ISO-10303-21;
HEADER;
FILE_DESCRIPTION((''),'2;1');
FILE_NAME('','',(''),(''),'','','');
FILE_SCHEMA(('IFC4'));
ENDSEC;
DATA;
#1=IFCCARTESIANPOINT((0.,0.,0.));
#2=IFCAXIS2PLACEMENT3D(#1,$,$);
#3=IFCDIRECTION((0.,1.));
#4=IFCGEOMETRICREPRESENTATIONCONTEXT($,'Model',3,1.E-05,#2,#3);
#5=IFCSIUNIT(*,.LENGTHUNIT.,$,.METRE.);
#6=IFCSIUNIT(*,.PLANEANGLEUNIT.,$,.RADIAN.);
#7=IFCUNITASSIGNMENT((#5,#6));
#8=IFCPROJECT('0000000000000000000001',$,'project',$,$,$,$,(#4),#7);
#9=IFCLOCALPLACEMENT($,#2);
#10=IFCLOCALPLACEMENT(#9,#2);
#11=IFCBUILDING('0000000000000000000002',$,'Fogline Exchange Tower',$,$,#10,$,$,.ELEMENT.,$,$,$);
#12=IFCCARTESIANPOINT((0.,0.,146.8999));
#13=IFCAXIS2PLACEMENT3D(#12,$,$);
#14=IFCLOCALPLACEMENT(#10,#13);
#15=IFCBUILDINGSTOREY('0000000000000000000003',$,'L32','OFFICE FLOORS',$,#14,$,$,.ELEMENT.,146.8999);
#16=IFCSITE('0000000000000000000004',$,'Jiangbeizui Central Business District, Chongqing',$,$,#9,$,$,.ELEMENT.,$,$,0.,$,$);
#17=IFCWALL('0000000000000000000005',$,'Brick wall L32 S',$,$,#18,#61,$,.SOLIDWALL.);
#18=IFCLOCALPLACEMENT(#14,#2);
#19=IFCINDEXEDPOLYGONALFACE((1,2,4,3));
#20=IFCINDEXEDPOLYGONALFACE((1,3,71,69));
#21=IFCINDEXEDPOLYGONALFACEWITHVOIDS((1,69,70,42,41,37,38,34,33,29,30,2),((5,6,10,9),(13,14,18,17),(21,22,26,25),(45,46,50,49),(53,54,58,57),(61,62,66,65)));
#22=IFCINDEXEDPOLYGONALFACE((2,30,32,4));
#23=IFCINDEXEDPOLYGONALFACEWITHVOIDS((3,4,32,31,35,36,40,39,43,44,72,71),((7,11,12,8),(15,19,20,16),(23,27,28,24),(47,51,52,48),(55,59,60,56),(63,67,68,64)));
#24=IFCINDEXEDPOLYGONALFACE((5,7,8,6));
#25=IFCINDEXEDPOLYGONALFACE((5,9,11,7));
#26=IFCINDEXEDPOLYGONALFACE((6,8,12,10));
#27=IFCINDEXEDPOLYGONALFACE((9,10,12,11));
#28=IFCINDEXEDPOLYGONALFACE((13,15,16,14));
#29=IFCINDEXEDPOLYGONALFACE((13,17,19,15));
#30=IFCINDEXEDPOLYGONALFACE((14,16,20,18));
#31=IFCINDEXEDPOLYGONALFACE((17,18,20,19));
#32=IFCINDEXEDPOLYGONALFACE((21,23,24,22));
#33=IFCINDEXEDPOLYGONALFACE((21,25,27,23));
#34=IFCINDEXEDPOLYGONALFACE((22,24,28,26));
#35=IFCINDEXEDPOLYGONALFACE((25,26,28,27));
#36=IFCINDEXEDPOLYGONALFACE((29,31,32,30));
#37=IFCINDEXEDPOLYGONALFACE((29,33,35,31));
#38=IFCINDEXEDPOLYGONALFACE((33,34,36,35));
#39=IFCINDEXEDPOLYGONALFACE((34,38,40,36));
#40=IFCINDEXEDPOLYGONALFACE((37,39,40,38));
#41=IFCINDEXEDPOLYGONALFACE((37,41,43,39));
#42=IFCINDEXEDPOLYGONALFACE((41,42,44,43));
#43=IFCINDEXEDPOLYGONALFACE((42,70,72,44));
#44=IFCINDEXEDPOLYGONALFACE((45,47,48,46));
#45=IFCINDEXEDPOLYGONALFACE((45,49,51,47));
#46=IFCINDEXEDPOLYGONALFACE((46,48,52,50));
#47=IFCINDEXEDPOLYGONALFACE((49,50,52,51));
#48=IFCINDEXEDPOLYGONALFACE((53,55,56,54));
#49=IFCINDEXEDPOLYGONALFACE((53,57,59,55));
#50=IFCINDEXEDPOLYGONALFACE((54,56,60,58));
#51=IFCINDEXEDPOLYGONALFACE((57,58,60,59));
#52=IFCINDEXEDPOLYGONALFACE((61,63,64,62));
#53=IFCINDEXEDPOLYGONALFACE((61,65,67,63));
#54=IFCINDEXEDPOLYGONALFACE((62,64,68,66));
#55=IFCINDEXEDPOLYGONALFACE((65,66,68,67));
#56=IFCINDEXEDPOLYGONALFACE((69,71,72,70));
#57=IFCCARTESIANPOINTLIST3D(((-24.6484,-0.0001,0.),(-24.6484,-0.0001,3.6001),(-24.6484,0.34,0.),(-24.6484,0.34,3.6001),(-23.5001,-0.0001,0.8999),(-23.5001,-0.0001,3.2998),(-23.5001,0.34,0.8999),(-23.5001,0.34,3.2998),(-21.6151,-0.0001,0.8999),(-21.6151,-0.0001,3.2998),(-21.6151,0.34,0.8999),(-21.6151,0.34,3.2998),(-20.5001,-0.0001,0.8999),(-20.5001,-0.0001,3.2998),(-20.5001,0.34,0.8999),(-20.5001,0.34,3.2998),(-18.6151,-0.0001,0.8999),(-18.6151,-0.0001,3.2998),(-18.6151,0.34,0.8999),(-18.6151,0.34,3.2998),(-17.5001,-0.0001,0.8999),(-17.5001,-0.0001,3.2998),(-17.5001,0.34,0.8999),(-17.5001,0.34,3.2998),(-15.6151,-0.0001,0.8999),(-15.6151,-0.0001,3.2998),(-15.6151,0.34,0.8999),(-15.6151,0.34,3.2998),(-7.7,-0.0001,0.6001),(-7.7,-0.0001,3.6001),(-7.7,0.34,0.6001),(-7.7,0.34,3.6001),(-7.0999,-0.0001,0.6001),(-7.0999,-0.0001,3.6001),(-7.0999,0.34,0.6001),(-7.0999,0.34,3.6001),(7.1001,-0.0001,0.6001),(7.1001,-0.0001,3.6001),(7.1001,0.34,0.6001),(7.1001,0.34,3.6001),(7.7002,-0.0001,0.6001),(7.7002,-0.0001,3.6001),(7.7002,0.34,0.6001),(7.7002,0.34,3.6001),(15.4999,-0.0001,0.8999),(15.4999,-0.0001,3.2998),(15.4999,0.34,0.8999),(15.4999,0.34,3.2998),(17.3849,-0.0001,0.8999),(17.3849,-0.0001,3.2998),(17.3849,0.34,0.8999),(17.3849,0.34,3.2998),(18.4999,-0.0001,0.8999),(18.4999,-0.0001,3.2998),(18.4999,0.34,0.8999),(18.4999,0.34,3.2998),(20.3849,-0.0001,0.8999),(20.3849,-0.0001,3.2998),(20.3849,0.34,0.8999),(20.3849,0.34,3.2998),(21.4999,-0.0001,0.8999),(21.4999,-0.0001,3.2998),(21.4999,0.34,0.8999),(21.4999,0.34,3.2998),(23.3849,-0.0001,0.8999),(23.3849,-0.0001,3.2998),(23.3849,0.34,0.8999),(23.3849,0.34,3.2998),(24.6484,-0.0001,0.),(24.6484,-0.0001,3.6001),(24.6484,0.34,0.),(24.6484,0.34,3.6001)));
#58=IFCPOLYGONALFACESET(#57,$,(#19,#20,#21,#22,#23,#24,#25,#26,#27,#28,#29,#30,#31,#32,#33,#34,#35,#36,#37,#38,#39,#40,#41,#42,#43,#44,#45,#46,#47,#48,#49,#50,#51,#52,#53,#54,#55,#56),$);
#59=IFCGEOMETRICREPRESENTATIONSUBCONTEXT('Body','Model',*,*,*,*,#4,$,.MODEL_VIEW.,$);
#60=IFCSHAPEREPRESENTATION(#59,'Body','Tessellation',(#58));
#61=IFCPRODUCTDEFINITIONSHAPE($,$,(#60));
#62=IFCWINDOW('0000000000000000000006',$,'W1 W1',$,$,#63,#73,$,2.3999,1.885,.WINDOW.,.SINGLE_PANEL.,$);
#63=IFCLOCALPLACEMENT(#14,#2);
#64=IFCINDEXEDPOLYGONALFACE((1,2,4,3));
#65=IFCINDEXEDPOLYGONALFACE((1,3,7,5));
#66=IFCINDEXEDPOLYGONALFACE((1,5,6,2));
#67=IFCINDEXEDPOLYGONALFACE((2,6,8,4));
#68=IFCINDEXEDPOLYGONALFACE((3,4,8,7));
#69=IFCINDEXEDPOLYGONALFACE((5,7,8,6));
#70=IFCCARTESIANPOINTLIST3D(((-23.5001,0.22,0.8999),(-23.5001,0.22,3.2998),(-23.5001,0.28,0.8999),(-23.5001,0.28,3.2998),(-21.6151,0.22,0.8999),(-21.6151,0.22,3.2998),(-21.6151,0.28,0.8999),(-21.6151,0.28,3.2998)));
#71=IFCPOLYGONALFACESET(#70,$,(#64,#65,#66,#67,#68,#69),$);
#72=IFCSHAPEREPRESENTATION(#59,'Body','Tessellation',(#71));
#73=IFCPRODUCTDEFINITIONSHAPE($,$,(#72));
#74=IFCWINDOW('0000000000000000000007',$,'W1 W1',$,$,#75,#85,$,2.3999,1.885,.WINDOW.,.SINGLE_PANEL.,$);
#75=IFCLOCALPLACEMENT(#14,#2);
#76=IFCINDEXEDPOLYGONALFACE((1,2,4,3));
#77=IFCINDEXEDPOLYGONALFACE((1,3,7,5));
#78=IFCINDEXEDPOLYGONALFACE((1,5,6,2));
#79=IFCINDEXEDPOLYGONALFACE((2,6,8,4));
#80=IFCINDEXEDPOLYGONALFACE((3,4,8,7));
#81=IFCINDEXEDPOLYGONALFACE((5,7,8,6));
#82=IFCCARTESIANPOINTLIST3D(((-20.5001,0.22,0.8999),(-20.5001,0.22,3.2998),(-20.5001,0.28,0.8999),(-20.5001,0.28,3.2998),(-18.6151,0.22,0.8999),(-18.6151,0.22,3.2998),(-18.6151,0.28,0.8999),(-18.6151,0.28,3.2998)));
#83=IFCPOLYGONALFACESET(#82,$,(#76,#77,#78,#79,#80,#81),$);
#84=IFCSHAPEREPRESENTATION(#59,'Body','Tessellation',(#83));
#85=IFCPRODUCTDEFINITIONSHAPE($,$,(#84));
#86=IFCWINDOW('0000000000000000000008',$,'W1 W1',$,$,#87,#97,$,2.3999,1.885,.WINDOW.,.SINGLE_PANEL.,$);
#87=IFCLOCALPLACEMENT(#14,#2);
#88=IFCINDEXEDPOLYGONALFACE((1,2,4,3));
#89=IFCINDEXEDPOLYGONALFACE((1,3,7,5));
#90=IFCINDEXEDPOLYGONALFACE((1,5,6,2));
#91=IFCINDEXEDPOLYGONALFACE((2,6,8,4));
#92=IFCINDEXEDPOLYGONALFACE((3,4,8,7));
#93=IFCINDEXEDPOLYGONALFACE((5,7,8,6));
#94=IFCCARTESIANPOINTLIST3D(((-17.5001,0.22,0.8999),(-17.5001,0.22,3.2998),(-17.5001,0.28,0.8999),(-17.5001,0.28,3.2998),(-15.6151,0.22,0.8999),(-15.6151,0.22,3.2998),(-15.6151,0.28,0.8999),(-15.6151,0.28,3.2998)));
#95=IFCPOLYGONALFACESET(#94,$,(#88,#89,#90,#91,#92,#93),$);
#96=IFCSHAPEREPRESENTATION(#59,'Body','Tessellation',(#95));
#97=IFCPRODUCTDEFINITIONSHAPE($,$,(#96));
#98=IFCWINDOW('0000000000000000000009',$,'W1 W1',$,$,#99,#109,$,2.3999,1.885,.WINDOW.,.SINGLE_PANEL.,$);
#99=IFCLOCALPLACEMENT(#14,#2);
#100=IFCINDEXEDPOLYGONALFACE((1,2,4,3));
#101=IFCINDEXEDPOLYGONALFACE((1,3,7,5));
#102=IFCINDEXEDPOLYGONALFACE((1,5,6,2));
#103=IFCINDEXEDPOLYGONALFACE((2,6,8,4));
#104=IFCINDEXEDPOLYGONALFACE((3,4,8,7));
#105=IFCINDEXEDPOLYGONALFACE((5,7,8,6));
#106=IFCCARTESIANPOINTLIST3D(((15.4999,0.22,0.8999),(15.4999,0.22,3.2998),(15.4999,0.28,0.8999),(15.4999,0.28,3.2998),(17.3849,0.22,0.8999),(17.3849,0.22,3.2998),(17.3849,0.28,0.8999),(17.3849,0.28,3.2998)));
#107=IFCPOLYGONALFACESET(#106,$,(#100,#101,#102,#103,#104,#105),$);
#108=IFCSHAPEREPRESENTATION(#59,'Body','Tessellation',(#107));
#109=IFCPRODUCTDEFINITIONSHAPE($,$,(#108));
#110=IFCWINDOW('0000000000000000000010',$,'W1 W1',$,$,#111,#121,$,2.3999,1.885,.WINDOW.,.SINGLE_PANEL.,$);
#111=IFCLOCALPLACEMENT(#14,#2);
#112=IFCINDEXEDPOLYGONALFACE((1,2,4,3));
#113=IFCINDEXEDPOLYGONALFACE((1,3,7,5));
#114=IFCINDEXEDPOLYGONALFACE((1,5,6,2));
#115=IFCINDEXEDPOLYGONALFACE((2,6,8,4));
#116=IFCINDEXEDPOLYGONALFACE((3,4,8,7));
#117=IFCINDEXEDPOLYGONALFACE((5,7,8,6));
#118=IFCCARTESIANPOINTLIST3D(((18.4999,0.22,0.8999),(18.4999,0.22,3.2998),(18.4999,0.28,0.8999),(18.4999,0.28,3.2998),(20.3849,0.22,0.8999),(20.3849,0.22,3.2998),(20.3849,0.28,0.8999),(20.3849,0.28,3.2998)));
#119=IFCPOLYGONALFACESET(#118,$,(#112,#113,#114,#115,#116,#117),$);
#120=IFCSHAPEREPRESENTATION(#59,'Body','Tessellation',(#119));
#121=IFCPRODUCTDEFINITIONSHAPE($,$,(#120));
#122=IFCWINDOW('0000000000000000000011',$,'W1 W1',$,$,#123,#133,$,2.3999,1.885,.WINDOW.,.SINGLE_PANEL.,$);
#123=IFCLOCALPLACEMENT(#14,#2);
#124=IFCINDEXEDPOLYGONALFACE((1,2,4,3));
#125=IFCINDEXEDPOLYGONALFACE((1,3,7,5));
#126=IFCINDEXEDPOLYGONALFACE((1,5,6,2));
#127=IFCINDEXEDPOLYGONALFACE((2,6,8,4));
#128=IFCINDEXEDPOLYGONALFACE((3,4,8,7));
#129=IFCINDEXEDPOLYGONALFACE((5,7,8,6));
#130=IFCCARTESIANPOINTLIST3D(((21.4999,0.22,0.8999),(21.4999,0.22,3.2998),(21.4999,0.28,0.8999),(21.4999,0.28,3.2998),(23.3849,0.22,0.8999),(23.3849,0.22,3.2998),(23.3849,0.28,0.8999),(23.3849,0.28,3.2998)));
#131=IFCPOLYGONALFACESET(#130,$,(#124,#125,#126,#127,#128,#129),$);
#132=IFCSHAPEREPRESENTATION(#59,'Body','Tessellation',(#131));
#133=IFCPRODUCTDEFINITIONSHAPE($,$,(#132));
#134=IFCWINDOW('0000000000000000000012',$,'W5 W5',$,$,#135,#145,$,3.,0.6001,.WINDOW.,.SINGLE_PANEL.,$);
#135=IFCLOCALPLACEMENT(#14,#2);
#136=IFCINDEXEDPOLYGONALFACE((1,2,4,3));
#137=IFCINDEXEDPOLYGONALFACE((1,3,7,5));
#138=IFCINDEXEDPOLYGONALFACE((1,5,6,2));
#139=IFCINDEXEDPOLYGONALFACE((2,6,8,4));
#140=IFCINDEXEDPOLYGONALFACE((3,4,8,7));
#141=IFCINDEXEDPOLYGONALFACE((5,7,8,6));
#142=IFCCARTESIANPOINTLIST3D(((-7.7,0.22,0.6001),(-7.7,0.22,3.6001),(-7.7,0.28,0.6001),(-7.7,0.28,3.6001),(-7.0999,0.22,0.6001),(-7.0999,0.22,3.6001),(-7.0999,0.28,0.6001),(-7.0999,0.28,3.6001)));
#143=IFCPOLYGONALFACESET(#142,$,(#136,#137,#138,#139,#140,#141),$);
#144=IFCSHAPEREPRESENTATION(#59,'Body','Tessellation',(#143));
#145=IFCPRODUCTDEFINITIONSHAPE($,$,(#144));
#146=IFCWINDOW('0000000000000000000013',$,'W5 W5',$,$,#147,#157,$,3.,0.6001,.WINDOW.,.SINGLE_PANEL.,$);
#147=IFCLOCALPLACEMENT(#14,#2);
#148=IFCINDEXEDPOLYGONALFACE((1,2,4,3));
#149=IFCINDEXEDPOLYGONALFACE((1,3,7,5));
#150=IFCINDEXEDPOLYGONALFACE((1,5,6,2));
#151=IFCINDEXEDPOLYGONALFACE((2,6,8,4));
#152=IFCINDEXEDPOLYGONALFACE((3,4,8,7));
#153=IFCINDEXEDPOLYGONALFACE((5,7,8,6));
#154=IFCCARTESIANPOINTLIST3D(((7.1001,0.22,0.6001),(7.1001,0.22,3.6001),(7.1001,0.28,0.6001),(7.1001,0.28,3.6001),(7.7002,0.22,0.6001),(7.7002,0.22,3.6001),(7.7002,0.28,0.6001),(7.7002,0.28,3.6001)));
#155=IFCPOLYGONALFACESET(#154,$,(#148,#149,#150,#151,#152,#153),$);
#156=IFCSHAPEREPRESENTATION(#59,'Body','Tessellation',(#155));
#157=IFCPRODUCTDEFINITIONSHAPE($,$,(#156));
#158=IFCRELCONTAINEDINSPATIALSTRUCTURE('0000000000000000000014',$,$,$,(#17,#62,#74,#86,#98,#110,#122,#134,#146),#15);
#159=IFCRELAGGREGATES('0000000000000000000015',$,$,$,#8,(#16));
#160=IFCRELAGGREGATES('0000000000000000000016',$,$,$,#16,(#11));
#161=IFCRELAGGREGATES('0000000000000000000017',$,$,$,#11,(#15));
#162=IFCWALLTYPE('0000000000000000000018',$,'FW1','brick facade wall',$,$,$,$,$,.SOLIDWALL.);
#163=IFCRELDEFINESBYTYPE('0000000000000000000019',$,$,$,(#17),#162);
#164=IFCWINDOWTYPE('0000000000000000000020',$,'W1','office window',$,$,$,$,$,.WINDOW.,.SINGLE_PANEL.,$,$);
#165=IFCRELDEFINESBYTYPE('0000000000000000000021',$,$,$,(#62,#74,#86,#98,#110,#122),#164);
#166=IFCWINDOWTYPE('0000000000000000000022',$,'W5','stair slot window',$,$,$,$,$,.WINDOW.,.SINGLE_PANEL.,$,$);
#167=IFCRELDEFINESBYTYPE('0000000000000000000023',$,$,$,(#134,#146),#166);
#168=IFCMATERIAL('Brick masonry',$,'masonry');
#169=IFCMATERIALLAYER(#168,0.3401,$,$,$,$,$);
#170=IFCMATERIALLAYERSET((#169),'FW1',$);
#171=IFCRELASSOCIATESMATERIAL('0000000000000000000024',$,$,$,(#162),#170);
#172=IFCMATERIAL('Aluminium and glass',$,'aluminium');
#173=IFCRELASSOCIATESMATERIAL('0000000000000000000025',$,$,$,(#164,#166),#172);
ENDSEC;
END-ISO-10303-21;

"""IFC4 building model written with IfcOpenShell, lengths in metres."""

from ifc_helpers import new_model, si_unit, direction, frame, frame_2d, origin, place, context, subcontext, project, spatial, rectangle, extrude, material, layer, layer_set, type_object, element, fill, save


model = new_model("IFC4")

# Units and contexts
model_context = context("Model", 3, precision=1e-05, world=origin(), true_north=direction((0.0, 1.0)))
body_context = subcontext(model_context, "Body", "Model", "MODEL_VIEW")
ifc_project = project(units=[si_unit("LENGTHUNIT", "METRE"), si_unit("PLANEANGLEUNIT", "RADIAN")], contexts=[model_context])

# Site, building, storey
site_placement = place(None, origin())
site = spatial("IfcSite", under=ifc_project, at=site_placement, Name="Jiangbeizui Central Business District, Chongqing", CompositionType="ELEMENT", RefElevation=0.0)
building_placement = place(site_placement, origin())
building = spatial("IfcBuilding", under=site, at=building_placement, Name="Fogline Exchange Tower", CompositionType="ELEMENT")
storey_placement = place(building_placement, frame((0.0, 0.0, 146.8999)))
storey = spatial("IfcBuildingStorey", under=building, at=storey_placement, Name="L32", Description="OFFICE FLOORS", CompositionType="ELEMENT", Elevation=146.8999)

# Shared definitions
ifc_material_1 = material(Name="Brick masonry", Category="masonry")
ifc_layer = layer(ifc_material_1, 0.3401)
ifc_layer_set = layer_set([ifc_layer], Name="FW1")
wall_type = type_object("IfcWallType", Name="FW1", Description="brick facade wall", PredefinedType="SOLIDWALL", material=ifc_layer_set)
ifc_material_2 = material(Name="Aluminium and glass", Category="aluminium")

# Wall, openings, windows
wall_1_placement = place(storey_placement, frame((-24.6484, 0.1699, 0.0), z_axis=(0.0, 0.0, 1.0), x_axis=(1.0, 0.0, 0.0)))
wall_1 = element("IfcWall", 1, at=wall_1_placement, inside=storey, type_object=wall_type, Name="Brick wall L32 S", PredefinedType="SOLIDWALL", context=body_context, shape_type="SweptSolid", body=[
    extrude(rectangle(XDim=49.2969, YDim=0.3401, at=frame_2d((24.6484, 0.0))), origin(), (0.0, 0.0, 1.0), 3.6001),
])
opening_1_placement = place(wall_1_placement, frame((1.1484, 0.0, 0.8999)))
opening_1 = element("IfcOpeningElement", 2, at=opening_1_placement, cuts=wall_1, PredefinedType="OPENING", context=body_context, shape_type="SweptSolid", body=[
    extrude(rectangle(XDim=1.885, YDim=2.3999, at=frame_2d((0.9424, 1.2))), frame((0.0, 0.1802, 0.0), z_axis=(0.0, -1.0, 0.0), x_axis=(1.0, 0.0, 0.0)), (0.0, 0.0, 1.0), 0.3601),
])
opening_2_placement = place(wall_1_placement, frame((4.1484, 0.0, 0.8999)))
opening_2 = element("IfcOpeningElement", 3, at=opening_2_placement, cuts=wall_1, PredefinedType="OPENING", context=body_context, shape_type="SweptSolid", body=[
    extrude(rectangle(XDim=1.885, YDim=2.3999, at=frame_2d((0.9424, 1.2))), frame((0.0, 0.1802, 0.0), z_axis=(0.0, -1.0, 0.0), x_axis=(1.0, 0.0, 0.0)), (0.0, 0.0, 1.0), 0.3601),
])
opening_3_placement = place(wall_1_placement, frame((7.1484, 0.0, 0.8999)))
opening_3 = element("IfcOpeningElement", 4, at=opening_3_placement, cuts=wall_1, PredefinedType="OPENING", context=body_context, shape_type="SweptSolid", body=[
    extrude(rectangle(XDim=1.885, YDim=2.3999, at=frame_2d((0.9424, 1.2))), frame((0.0, 0.1802, 0.0), z_axis=(0.0, -1.0, 0.0), x_axis=(1.0, 0.0, 0.0)), (0.0, 0.0, 1.0), 0.3601),
])
opening_4_placement = place(wall_1_placement, frame((40.1484, 0.0, 0.8999)))
opening_4 = element("IfcOpeningElement", 5, at=opening_4_placement, cuts=wall_1, PredefinedType="OPENING", context=body_context, shape_type="SweptSolid", body=[
    extrude(rectangle(XDim=1.885, YDim=2.3999, at=frame_2d((0.9424, 1.2))), frame((0.0, 0.1802, 0.0), z_axis=(0.0, -1.0, 0.0), x_axis=(1.0, 0.0, 0.0)), (0.0, 0.0, 1.0), 0.3601),
])
opening_5_placement = place(wall_1_placement, frame((43.1484, 0.0, 0.8999)))
opening_5 = element("IfcOpeningElement", 6, at=opening_5_placement, cuts=wall_1, PredefinedType="OPENING", context=body_context, shape_type="SweptSolid", body=[
    extrude(rectangle(XDim=1.885, YDim=2.3999, at=frame_2d((0.9424, 1.2))), frame((0.0, 0.1802, 0.0), z_axis=(0.0, -1.0, 0.0), x_axis=(1.0, 0.0, 0.0)), (0.0, 0.0, 1.0), 0.3601),
])
opening_6_placement = place(wall_1_placement, frame((46.1484, 0.0, 0.8999)))
opening_6 = element("IfcOpeningElement", 7, at=opening_6_placement, cuts=wall_1, PredefinedType="OPENING", context=body_context, shape_type="SweptSolid", body=[
    extrude(rectangle(XDim=1.885, YDim=2.3999, at=frame_2d((0.9424, 1.2))), frame((0.0, 0.1802, 0.0), z_axis=(0.0, -1.0, 0.0), x_axis=(1.0, 0.0, 0.0)), (0.0, 0.0, 1.0), 0.3601),
])
opening_7_placement = place(wall_1_placement, frame((16.9485, 0.0, 0.6001)))
opening_7 = element("IfcOpeningElement", 8, at=opening_7_placement, cuts=wall_1, PredefinedType="OPENING", context=body_context, shape_type="SweptSolid", body=[
    extrude(rectangle(XDim=0.6001, YDim=3.0, at=frame_2d((0.3, 1.5))), frame((0.0, 0.1802, 0.0), z_axis=(0.0, -1.0, 0.0), x_axis=(1.0, 0.0, 0.0)), (0.0, 0.0, 1.0), 0.3601),
])
opening_8_placement = place(wall_1_placement, frame((31.7485, 0.0, 0.6001)))
opening_8 = element("IfcOpeningElement", 9, at=opening_8_placement, cuts=wall_1, PredefinedType="OPENING", context=body_context, shape_type="SweptSolid", body=[
    extrude(rectangle(XDim=0.6001, YDim=3.0, at=frame_2d((0.3, 1.5))), frame((0.0, 0.1802, 0.0), z_axis=(0.0, -1.0, 0.0), x_axis=(1.0, 0.0, 0.0)), (0.0, 0.0, 1.0), 0.3601),
])
window_type_1 = type_object("IfcWindowType", Name="W1", Description="office window", PartitioningType="SINGLE_PANEL", PredefinedType="WINDOW", material=ifc_material_2)
window_1_placement = place(opening_1_placement, origin())
window_1 = element("IfcWindow", 10, at=window_1_placement, inside=storey, type_object=window_type_1, Name="W1 W1", OverallHeight=2.3999, OverallWidth=1.885, PartitioningType="SINGLE_PANEL", PredefinedType="WINDOW", context=body_context, shape_type="SweptSolid", body=[
    extrude(rectangle(XDim=1.885, YDim=2.3999, at=frame_2d((0.9424, 1.2))), frame((0.0, 0.1101, 0.0), z_axis=(0.0, -1.0, 0.0), x_axis=(1.0, 0.0, 0.0)), (0.0, 0.0, 1.0), 0.0601),
])
fill(opening_1, window_1)
window_2_placement = place(opening_2_placement, origin())
window_2 = element("IfcWindow", 11, at=window_2_placement, inside=storey, type_object=window_type_1, Name="W1 W1", OverallHeight=2.3999, OverallWidth=1.885, PartitioningType="SINGLE_PANEL", PredefinedType="WINDOW", context=body_context, shape_type="SweptSolid", body=[
    extrude(rectangle(XDim=1.885, YDim=2.3999, at=frame_2d((0.9424, 1.2))), frame((0.0, 0.1101, 0.0), z_axis=(0.0, -1.0, 0.0), x_axis=(1.0, 0.0, 0.0)), (0.0, 0.0, 1.0), 0.0601),
])
fill(opening_2, window_2)
window_3_placement = place(opening_3_placement, origin())
window_3 = element("IfcWindow", 12, at=window_3_placement, inside=storey, type_object=window_type_1, Name="W1 W1", OverallHeight=2.3999, OverallWidth=1.885, PartitioningType="SINGLE_PANEL", PredefinedType="WINDOW", context=body_context, shape_type="SweptSolid", body=[
    extrude(rectangle(XDim=1.885, YDim=2.3999, at=frame_2d((0.9424, 1.2))), frame((0.0, 0.1101, 0.0), z_axis=(0.0, -1.0, 0.0), x_axis=(1.0, 0.0, 0.0)), (0.0, 0.0, 1.0), 0.0601),
])
fill(opening_3, window_3)
window_4_placement = place(opening_4_placement, origin())
window_4 = element("IfcWindow", 13, at=window_4_placement, inside=storey, type_object=window_type_1, Name="W1 W1", OverallHeight=2.3999, OverallWidth=1.885, PartitioningType="SINGLE_PANEL", PredefinedType="WINDOW", context=body_context, shape_type="SweptSolid", body=[
    extrude(rectangle(XDim=1.885, YDim=2.3999, at=frame_2d((0.9424, 1.2))), frame((0.0, 0.1101, 0.0), z_axis=(0.0, -1.0, 0.0), x_axis=(1.0, 0.0, 0.0)), (0.0, 0.0, 1.0), 0.0601),
])
fill(opening_4, window_4)
window_5_placement = place(opening_5_placement, origin())
window_5 = element("IfcWindow", 14, at=window_5_placement, inside=storey, type_object=window_type_1, Name="W1 W1", OverallHeight=2.3999, OverallWidth=1.885, PartitioningType="SINGLE_PANEL", PredefinedType="WINDOW", context=body_context, shape_type="SweptSolid", body=[
    extrude(rectangle(XDim=1.885, YDim=2.3999, at=frame_2d((0.9424, 1.2))), frame((0.0, 0.1101, 0.0), z_axis=(0.0, -1.0, 0.0), x_axis=(1.0, 0.0, 0.0)), (0.0, 0.0, 1.0), 0.0601),
])
fill(opening_5, window_5)
window_6_placement = place(opening_6_placement, origin())
window_6 = element("IfcWindow", 15, at=window_6_placement, inside=storey, type_object=window_type_1, Name="W1 W1", OverallHeight=2.3999, OverallWidth=1.885, PartitioningType="SINGLE_PANEL", PredefinedType="WINDOW", context=body_context, shape_type="SweptSolid", body=[
    extrude(rectangle(XDim=1.885, YDim=2.3999, at=frame_2d((0.9424, 1.2))), frame((0.0, 0.1101, 0.0), z_axis=(0.0, -1.0, 0.0), x_axis=(1.0, 0.0, 0.0)), (0.0, 0.0, 1.0), 0.0601),
])
fill(opening_6, window_6)
window_type_2 = type_object("IfcWindowType", Name="W5", Description="stair slot window", PartitioningType="SINGLE_PANEL", PredefinedType="WINDOW", material=ifc_material_2)
window_7_placement = place(opening_7_placement, origin())
window_7 = element("IfcWindow", 16, at=window_7_placement, inside=storey, type_object=window_type_2, Name="W5 W5", OverallHeight=3.0, OverallWidth=0.6001, PartitioningType="SINGLE_PANEL", PredefinedType="WINDOW", context=body_context, shape_type="SweptSolid", body=[
    extrude(rectangle(XDim=0.6001, YDim=3.0, at=frame_2d((0.3, 1.5))), frame((0.0, 0.1101, 0.0), z_axis=(0.0, -1.0, 0.0), x_axis=(1.0, 0.0, 0.0)), (0.0, 0.0, 1.0), 0.0601),
])
fill(opening_7, window_7)
window_8_placement = place(opening_8_placement, origin())
window_8 = element("IfcWindow", 17, at=window_8_placement, inside=storey, type_object=window_type_2, Name="W5 W5", OverallHeight=3.0, OverallWidth=0.6001, PartitioningType="SINGLE_PANEL", PredefinedType="WINDOW", context=body_context, shape_type="SweptSolid", body=[
    extrude(rectangle(XDim=0.6001, YDim=3.0, at=frame_2d((0.3, 1.5))), frame((0.0, 0.1101, 0.0), z_axis=(0.0, -1.0, 0.0), x_axis=(1.0, 0.0, 0.0)), (0.0, 0.0, 1.0), 0.0601),
])
fill(opening_8, window_8)

save(model, "model.ifc")
